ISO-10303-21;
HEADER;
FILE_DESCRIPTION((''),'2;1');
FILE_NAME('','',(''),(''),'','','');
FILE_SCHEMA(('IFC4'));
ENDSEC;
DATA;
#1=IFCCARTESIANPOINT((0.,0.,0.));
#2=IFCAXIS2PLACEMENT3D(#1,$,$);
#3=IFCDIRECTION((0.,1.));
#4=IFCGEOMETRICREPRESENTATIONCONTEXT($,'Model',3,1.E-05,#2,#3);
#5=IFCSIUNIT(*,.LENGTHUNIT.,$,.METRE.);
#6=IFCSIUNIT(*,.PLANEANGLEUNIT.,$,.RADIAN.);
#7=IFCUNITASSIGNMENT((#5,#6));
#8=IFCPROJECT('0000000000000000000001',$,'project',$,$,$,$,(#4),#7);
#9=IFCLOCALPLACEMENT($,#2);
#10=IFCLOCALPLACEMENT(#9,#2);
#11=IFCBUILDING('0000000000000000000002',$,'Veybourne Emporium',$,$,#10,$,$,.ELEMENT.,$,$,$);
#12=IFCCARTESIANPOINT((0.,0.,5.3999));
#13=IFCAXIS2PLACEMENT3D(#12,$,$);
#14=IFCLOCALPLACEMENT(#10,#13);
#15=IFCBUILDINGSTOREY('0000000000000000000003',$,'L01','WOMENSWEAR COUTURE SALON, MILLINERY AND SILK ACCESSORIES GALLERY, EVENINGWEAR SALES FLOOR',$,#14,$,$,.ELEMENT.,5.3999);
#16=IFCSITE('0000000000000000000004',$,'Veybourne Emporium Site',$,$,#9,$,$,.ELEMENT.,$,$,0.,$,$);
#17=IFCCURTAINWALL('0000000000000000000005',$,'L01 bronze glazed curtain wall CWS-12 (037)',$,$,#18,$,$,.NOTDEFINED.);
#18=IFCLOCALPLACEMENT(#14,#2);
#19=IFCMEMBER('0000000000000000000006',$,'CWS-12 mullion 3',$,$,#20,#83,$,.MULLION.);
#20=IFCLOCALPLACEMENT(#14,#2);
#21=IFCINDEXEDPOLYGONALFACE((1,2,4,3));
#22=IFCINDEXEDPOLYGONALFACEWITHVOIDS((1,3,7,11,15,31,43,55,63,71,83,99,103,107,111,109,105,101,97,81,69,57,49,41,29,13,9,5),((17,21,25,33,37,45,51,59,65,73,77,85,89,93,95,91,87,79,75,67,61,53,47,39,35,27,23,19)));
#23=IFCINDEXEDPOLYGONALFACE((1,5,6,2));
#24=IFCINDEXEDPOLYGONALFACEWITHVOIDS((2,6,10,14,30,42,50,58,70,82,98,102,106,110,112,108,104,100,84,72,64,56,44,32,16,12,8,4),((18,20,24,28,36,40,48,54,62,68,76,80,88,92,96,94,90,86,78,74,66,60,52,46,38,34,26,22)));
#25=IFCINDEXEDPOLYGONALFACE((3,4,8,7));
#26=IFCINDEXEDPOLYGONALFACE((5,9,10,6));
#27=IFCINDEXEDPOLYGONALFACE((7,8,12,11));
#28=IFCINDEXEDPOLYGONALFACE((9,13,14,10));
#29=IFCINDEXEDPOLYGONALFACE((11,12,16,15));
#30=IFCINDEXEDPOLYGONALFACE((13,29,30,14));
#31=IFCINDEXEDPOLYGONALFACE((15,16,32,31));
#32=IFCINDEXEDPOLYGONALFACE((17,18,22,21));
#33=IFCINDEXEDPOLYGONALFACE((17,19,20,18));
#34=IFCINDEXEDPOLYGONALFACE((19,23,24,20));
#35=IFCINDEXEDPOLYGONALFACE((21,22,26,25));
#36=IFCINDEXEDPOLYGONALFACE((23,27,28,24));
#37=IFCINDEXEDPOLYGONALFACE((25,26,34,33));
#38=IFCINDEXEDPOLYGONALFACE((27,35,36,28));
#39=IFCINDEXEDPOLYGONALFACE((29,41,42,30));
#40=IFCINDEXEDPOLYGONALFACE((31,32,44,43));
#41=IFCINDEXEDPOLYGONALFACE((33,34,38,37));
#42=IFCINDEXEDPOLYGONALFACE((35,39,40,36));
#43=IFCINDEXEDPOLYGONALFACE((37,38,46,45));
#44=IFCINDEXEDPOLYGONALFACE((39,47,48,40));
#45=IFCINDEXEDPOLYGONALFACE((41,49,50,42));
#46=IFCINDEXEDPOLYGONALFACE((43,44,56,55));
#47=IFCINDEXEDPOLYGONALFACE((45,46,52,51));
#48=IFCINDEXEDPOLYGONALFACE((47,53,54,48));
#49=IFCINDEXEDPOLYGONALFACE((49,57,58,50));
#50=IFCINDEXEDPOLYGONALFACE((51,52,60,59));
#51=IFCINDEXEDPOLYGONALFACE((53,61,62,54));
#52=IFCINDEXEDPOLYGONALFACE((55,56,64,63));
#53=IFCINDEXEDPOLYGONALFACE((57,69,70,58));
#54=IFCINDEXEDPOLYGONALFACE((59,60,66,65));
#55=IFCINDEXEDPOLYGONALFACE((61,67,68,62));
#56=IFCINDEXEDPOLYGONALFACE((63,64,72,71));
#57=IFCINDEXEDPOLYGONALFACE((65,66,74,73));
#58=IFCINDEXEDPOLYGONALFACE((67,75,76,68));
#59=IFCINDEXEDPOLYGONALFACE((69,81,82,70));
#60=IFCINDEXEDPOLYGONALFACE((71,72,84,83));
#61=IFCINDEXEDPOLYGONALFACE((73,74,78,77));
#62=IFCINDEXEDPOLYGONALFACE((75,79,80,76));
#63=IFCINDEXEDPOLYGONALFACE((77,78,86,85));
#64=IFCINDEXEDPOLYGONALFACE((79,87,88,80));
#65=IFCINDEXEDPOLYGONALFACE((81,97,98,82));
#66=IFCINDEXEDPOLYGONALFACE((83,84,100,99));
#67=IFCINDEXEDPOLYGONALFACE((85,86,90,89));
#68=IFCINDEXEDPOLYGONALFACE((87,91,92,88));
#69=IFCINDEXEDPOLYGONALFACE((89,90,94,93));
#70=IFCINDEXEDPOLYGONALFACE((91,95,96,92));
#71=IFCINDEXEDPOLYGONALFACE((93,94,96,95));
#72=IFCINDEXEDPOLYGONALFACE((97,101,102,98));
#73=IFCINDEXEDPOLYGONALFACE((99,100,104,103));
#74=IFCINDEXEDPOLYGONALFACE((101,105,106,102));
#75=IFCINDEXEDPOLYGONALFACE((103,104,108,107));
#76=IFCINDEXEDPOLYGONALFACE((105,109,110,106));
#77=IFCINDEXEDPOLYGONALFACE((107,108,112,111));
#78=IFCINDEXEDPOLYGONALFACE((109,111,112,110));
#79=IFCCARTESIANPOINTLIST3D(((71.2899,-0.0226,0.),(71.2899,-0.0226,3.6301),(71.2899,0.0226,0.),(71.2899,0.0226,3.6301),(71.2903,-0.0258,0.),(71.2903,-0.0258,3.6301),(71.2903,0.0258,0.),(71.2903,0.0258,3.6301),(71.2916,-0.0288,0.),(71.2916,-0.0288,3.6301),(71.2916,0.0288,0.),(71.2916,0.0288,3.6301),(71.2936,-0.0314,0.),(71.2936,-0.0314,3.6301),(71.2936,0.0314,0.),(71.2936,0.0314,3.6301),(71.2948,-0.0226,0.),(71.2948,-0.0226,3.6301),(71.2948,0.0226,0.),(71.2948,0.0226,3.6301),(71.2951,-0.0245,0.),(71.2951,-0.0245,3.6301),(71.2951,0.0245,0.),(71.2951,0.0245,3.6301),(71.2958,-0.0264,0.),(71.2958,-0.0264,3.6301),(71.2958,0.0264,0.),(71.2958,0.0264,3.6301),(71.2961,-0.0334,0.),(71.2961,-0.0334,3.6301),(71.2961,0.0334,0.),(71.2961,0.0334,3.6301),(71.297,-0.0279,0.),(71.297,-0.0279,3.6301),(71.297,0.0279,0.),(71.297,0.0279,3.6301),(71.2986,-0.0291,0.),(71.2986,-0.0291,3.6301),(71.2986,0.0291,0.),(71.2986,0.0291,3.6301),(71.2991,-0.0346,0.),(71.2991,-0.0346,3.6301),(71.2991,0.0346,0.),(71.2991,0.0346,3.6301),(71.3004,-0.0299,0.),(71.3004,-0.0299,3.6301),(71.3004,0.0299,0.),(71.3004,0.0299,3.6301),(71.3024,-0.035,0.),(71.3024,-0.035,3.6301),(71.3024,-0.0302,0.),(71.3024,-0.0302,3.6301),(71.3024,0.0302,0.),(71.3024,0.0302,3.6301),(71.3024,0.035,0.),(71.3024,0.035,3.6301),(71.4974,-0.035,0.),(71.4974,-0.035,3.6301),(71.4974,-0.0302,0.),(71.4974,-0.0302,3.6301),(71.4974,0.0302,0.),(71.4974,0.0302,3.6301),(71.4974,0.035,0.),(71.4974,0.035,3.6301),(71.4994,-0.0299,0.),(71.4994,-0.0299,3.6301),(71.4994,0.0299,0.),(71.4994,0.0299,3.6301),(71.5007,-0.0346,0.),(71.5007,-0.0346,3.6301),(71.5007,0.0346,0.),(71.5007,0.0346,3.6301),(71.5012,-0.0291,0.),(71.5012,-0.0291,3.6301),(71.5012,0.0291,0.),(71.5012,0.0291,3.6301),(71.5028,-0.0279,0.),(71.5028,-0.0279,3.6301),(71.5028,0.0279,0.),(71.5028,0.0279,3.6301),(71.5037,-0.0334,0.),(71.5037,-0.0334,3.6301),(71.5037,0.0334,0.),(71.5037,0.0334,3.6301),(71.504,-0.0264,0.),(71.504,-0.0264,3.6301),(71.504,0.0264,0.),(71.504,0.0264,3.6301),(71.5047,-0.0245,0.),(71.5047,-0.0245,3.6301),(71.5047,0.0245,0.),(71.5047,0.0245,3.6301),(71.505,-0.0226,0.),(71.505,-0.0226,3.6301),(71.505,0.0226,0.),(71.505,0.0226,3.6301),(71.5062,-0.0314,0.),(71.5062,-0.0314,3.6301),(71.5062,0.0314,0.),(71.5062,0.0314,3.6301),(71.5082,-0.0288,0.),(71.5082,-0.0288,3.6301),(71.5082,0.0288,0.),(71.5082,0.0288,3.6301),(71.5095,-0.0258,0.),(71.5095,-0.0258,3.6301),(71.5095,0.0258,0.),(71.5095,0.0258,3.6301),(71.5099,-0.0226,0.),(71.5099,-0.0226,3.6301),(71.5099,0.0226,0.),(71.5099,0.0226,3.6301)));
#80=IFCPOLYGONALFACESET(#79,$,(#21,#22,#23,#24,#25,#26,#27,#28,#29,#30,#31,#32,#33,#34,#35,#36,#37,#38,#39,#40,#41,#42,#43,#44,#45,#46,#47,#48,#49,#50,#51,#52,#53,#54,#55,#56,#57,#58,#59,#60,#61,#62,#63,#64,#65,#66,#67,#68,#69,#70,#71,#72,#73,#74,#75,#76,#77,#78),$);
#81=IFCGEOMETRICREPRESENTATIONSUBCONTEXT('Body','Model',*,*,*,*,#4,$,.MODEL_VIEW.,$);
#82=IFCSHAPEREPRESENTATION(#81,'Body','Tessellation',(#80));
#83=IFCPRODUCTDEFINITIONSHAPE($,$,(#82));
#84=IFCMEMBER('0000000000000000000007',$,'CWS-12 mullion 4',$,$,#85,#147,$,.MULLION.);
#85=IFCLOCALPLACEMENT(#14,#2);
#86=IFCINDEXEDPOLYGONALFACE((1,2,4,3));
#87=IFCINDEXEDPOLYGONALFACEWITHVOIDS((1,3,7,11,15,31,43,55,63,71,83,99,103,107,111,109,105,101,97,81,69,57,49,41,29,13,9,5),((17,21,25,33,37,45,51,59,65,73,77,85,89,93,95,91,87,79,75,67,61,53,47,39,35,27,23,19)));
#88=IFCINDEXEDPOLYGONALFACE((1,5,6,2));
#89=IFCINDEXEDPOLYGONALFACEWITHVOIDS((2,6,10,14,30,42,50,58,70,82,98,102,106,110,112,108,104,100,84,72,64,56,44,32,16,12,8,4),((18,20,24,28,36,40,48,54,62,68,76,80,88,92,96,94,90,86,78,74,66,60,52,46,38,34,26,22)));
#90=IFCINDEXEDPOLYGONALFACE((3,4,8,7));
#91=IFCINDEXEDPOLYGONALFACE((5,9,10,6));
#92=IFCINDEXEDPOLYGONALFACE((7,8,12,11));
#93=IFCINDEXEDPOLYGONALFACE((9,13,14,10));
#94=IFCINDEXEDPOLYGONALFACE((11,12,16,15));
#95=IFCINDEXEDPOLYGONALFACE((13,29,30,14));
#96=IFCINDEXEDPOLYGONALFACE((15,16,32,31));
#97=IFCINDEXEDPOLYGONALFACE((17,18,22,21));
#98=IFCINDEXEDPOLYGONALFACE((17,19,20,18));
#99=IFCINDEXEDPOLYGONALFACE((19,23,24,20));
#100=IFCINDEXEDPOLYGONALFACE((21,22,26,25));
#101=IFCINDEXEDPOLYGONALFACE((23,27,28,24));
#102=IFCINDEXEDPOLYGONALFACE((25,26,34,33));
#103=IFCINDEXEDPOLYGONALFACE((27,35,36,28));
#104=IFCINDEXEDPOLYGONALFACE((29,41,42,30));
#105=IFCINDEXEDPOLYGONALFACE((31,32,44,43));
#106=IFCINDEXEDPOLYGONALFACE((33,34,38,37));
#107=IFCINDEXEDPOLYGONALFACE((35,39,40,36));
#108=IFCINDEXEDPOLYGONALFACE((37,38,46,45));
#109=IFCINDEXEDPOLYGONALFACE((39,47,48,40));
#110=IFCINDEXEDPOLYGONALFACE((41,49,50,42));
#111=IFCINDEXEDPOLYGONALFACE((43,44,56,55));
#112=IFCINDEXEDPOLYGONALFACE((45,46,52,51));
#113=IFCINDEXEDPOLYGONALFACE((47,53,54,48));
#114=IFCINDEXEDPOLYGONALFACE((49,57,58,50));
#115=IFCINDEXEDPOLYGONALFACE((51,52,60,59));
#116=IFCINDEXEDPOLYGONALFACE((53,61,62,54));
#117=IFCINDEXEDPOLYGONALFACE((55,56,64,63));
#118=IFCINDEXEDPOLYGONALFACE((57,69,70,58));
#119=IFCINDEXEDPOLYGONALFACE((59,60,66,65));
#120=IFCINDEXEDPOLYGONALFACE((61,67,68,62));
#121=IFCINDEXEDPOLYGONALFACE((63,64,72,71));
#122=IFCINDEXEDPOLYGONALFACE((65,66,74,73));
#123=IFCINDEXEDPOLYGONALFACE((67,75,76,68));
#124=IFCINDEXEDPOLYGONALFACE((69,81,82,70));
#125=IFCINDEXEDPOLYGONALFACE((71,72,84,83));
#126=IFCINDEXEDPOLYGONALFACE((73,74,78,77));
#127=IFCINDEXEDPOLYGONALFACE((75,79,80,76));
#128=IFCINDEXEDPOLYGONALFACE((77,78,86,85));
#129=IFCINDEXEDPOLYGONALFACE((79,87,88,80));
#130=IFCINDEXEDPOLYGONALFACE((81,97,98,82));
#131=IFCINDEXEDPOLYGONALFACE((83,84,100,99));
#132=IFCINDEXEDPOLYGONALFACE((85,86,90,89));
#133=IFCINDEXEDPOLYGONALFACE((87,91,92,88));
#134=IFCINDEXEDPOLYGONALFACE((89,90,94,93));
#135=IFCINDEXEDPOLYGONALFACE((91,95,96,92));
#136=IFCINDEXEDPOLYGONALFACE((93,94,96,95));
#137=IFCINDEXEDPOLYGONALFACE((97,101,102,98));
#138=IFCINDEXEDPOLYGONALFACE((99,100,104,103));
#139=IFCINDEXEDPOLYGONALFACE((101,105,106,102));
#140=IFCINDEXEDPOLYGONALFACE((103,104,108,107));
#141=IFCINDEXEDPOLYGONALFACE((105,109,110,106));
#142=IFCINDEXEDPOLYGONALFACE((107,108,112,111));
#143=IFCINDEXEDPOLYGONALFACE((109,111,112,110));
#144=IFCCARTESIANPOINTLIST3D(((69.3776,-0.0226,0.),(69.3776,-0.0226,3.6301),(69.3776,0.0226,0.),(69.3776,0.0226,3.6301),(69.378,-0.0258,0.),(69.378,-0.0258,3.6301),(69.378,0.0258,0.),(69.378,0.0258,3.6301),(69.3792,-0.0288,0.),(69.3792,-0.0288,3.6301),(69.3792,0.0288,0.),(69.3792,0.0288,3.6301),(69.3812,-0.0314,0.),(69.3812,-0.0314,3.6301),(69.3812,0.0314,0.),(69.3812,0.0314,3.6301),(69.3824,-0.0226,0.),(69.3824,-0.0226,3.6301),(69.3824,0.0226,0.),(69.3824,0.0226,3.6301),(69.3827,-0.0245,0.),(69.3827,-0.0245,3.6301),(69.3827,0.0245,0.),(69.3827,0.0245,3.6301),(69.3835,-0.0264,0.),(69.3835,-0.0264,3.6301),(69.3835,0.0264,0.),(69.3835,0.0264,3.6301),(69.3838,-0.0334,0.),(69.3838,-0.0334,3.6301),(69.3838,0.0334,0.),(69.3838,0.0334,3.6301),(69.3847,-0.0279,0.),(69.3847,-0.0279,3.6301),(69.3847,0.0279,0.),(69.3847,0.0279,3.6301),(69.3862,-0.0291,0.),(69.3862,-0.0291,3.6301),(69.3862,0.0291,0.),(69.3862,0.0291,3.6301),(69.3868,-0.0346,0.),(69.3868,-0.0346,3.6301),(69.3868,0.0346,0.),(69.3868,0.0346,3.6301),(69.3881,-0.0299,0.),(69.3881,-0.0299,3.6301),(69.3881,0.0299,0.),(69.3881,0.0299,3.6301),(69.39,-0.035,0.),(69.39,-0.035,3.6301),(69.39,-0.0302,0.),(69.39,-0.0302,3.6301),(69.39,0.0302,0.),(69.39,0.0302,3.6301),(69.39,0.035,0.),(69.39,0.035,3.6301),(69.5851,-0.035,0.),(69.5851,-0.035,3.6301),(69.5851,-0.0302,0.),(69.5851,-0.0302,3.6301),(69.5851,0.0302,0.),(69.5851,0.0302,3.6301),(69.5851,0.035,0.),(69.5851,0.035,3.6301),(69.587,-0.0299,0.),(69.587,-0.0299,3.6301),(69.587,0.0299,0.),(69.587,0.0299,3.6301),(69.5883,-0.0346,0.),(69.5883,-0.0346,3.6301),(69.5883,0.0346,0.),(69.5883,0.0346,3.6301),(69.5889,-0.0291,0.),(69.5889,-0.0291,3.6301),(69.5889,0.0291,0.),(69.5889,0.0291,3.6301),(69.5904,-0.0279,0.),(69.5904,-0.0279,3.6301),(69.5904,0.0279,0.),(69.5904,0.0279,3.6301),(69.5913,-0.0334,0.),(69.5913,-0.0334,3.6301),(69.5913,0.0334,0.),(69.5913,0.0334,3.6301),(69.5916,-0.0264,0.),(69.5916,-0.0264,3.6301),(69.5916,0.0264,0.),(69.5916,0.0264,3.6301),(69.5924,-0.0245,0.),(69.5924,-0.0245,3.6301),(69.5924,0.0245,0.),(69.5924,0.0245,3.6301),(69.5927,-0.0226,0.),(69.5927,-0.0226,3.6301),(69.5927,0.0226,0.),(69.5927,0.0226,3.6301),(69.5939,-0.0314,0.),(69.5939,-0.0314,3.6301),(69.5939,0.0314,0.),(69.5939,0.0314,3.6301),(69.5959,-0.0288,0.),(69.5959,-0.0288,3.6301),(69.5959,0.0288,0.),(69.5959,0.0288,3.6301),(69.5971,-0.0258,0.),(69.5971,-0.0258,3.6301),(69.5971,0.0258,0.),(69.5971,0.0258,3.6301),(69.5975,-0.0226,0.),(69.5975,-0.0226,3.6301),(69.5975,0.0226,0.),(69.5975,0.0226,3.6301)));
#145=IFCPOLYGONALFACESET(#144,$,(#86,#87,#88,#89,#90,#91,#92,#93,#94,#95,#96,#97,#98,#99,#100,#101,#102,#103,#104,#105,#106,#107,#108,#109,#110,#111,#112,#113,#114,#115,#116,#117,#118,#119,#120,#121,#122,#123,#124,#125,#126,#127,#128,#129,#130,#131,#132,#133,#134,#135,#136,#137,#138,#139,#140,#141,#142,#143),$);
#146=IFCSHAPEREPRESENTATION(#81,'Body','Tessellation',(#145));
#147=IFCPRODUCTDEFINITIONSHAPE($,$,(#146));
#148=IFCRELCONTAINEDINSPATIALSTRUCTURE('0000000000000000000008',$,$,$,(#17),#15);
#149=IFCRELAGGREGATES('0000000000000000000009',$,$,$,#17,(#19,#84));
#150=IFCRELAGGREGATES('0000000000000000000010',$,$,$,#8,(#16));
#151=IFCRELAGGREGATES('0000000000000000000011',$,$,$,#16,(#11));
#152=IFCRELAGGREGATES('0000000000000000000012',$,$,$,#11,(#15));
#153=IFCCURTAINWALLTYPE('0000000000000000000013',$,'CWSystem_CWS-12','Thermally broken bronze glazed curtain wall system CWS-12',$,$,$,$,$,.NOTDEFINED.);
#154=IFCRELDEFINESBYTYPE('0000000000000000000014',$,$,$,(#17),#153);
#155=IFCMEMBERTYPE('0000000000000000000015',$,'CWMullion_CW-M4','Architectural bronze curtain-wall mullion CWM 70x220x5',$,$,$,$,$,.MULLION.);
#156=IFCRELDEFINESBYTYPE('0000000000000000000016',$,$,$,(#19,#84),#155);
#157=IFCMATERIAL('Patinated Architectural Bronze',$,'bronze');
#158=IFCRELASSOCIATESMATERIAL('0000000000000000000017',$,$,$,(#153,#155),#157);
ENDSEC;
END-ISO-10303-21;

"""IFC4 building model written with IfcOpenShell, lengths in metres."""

from ifc_helpers import new_model, si_unit, direction, frame, origin, origin_2d, place, context, subcontext, project, spatial, hollow_rectangle, extrude, material, material_profile, profile_set, type_object, element, aggregate, save


model = new_model("IFC4")

# Units and contexts
model_context = context("Model", 3, precision=1e-05, world=origin(), true_north=direction((0.0, 1.0)))
body_context = subcontext(model_context, "Body", "Model", "MODEL_VIEW")
ifc_project = project(units=[si_unit("LENGTHUNIT", "METRE"), si_unit("PLANEANGLEUNIT", "RADIAN")], contexts=[model_context])

# Site, building, storey
site_placement = place(None, origin())
site = spatial("IfcSite", under=ifc_project, at=site_placement, Name="Veybourne Emporium Site", CompositionType="ELEMENT", RefElevation=0.0)
building_placement = place(site_placement, origin())
building = spatial("IfcBuilding", under=site, at=building_placement, Name="Veybourne Emporium", CompositionType="ELEMENT")
storey_placement = place(building_placement, frame((0.0, 0.0, 5.3999)))
storey = spatial("IfcBuildingStorey", under=building, at=storey_placement, Name="L01", Description="WOMENSWEAR COUTURE SALON, MILLINERY AND SILK ACCESSORIES GALLERY, EVENINGWEAR SALES FLOOR", CompositionType="ELEMENT", Elevation=5.3999)

# Curtain wall, members
ifc_material_1 = material(Name="Patinated Architectural Bronze", Category="bronze")
curtain_wall_type = type_object("IfcCurtainWallType", Name="CWSystem_CWS-12", Description="Thermally broken bronze glazed curtain wall system CWS-12", PredefinedType="NOTDEFINED", material=ifc_material_1)
curtain_wall_placement = place(storey_placement, origin())
curtain_wall = element("IfcCurtainWall", 1, at=curtain_wall_placement, inside=storey, type_object=curtain_wall_type, Name="L01 bronze glazed curtain wall CWS-12 (037)", PredefinedType="NOTDEFINED")
ifc_material_profile_1 = material_profile(ifc_material_1, hollow_rectangle(XDim=0.0701, YDim=0.22, WallThickness=0.0049, InnerFilletRadius=0.0076, OuterFilletRadius=0.0125, at=origin_2d()), Name="CWM 70x220x5")
ifc_profile_set_1 = profile_set([ifc_material_profile_1], Name="Patinated Architectural Bronze")
member_type_1 = type_object("IfcMemberType", Name="CWMullion_CW-M4", Description="Architectural bronze curtain-wall mullion CWM 70x220x5", PredefinedType="MULLION", material=ifc_profile_set_1)
member_1_placement = place(storey_placement, frame((71.3999, 0.0, 0.0), z_axis=(0.0, 0.0, 1.0), x_axis=(0.0, -1.0, 0.0)))
member_1 = element("IfcMember", 2, at=member_1_placement, type_object=member_type_1, Name="CWS-12 mullion 3", PredefinedType="MULLION", context=body_context, shape_type="SweptSolid", body=[
    extrude(hollow_rectangle(XDim=0.0701, YDim=0.22, WallThickness=0.0049, InnerFilletRadius=0.0076, OuterFilletRadius=0.0125, at=origin_2d()), origin(), (0.0, 0.0, 1.0), 3.6301),
])
member_2_placement = place(storey_placement, frame((69.4875, 0.0, 0.0), z_axis=(0.0, 0.0, 1.0), x_axis=(0.0, -1.0, 0.0)))
member_2 = element("IfcMember", 3, at=member_2_placement, type_object=member_type_1, Name="CWS-12 mullion 4", PredefinedType="MULLION", context=body_context, shape_type="SweptSolid", body=[
    extrude(hollow_rectangle(XDim=0.0701, YDim=0.22, WallThickness=0.0049, InnerFilletRadius=0.0076, OuterFilletRadius=0.0125, at=origin_2d()), origin(), (0.0, 0.0, 1.0), 3.6301),
])

aggregate(curtain_wall, [member_1, member_2])

save(model, "model.ifc")
